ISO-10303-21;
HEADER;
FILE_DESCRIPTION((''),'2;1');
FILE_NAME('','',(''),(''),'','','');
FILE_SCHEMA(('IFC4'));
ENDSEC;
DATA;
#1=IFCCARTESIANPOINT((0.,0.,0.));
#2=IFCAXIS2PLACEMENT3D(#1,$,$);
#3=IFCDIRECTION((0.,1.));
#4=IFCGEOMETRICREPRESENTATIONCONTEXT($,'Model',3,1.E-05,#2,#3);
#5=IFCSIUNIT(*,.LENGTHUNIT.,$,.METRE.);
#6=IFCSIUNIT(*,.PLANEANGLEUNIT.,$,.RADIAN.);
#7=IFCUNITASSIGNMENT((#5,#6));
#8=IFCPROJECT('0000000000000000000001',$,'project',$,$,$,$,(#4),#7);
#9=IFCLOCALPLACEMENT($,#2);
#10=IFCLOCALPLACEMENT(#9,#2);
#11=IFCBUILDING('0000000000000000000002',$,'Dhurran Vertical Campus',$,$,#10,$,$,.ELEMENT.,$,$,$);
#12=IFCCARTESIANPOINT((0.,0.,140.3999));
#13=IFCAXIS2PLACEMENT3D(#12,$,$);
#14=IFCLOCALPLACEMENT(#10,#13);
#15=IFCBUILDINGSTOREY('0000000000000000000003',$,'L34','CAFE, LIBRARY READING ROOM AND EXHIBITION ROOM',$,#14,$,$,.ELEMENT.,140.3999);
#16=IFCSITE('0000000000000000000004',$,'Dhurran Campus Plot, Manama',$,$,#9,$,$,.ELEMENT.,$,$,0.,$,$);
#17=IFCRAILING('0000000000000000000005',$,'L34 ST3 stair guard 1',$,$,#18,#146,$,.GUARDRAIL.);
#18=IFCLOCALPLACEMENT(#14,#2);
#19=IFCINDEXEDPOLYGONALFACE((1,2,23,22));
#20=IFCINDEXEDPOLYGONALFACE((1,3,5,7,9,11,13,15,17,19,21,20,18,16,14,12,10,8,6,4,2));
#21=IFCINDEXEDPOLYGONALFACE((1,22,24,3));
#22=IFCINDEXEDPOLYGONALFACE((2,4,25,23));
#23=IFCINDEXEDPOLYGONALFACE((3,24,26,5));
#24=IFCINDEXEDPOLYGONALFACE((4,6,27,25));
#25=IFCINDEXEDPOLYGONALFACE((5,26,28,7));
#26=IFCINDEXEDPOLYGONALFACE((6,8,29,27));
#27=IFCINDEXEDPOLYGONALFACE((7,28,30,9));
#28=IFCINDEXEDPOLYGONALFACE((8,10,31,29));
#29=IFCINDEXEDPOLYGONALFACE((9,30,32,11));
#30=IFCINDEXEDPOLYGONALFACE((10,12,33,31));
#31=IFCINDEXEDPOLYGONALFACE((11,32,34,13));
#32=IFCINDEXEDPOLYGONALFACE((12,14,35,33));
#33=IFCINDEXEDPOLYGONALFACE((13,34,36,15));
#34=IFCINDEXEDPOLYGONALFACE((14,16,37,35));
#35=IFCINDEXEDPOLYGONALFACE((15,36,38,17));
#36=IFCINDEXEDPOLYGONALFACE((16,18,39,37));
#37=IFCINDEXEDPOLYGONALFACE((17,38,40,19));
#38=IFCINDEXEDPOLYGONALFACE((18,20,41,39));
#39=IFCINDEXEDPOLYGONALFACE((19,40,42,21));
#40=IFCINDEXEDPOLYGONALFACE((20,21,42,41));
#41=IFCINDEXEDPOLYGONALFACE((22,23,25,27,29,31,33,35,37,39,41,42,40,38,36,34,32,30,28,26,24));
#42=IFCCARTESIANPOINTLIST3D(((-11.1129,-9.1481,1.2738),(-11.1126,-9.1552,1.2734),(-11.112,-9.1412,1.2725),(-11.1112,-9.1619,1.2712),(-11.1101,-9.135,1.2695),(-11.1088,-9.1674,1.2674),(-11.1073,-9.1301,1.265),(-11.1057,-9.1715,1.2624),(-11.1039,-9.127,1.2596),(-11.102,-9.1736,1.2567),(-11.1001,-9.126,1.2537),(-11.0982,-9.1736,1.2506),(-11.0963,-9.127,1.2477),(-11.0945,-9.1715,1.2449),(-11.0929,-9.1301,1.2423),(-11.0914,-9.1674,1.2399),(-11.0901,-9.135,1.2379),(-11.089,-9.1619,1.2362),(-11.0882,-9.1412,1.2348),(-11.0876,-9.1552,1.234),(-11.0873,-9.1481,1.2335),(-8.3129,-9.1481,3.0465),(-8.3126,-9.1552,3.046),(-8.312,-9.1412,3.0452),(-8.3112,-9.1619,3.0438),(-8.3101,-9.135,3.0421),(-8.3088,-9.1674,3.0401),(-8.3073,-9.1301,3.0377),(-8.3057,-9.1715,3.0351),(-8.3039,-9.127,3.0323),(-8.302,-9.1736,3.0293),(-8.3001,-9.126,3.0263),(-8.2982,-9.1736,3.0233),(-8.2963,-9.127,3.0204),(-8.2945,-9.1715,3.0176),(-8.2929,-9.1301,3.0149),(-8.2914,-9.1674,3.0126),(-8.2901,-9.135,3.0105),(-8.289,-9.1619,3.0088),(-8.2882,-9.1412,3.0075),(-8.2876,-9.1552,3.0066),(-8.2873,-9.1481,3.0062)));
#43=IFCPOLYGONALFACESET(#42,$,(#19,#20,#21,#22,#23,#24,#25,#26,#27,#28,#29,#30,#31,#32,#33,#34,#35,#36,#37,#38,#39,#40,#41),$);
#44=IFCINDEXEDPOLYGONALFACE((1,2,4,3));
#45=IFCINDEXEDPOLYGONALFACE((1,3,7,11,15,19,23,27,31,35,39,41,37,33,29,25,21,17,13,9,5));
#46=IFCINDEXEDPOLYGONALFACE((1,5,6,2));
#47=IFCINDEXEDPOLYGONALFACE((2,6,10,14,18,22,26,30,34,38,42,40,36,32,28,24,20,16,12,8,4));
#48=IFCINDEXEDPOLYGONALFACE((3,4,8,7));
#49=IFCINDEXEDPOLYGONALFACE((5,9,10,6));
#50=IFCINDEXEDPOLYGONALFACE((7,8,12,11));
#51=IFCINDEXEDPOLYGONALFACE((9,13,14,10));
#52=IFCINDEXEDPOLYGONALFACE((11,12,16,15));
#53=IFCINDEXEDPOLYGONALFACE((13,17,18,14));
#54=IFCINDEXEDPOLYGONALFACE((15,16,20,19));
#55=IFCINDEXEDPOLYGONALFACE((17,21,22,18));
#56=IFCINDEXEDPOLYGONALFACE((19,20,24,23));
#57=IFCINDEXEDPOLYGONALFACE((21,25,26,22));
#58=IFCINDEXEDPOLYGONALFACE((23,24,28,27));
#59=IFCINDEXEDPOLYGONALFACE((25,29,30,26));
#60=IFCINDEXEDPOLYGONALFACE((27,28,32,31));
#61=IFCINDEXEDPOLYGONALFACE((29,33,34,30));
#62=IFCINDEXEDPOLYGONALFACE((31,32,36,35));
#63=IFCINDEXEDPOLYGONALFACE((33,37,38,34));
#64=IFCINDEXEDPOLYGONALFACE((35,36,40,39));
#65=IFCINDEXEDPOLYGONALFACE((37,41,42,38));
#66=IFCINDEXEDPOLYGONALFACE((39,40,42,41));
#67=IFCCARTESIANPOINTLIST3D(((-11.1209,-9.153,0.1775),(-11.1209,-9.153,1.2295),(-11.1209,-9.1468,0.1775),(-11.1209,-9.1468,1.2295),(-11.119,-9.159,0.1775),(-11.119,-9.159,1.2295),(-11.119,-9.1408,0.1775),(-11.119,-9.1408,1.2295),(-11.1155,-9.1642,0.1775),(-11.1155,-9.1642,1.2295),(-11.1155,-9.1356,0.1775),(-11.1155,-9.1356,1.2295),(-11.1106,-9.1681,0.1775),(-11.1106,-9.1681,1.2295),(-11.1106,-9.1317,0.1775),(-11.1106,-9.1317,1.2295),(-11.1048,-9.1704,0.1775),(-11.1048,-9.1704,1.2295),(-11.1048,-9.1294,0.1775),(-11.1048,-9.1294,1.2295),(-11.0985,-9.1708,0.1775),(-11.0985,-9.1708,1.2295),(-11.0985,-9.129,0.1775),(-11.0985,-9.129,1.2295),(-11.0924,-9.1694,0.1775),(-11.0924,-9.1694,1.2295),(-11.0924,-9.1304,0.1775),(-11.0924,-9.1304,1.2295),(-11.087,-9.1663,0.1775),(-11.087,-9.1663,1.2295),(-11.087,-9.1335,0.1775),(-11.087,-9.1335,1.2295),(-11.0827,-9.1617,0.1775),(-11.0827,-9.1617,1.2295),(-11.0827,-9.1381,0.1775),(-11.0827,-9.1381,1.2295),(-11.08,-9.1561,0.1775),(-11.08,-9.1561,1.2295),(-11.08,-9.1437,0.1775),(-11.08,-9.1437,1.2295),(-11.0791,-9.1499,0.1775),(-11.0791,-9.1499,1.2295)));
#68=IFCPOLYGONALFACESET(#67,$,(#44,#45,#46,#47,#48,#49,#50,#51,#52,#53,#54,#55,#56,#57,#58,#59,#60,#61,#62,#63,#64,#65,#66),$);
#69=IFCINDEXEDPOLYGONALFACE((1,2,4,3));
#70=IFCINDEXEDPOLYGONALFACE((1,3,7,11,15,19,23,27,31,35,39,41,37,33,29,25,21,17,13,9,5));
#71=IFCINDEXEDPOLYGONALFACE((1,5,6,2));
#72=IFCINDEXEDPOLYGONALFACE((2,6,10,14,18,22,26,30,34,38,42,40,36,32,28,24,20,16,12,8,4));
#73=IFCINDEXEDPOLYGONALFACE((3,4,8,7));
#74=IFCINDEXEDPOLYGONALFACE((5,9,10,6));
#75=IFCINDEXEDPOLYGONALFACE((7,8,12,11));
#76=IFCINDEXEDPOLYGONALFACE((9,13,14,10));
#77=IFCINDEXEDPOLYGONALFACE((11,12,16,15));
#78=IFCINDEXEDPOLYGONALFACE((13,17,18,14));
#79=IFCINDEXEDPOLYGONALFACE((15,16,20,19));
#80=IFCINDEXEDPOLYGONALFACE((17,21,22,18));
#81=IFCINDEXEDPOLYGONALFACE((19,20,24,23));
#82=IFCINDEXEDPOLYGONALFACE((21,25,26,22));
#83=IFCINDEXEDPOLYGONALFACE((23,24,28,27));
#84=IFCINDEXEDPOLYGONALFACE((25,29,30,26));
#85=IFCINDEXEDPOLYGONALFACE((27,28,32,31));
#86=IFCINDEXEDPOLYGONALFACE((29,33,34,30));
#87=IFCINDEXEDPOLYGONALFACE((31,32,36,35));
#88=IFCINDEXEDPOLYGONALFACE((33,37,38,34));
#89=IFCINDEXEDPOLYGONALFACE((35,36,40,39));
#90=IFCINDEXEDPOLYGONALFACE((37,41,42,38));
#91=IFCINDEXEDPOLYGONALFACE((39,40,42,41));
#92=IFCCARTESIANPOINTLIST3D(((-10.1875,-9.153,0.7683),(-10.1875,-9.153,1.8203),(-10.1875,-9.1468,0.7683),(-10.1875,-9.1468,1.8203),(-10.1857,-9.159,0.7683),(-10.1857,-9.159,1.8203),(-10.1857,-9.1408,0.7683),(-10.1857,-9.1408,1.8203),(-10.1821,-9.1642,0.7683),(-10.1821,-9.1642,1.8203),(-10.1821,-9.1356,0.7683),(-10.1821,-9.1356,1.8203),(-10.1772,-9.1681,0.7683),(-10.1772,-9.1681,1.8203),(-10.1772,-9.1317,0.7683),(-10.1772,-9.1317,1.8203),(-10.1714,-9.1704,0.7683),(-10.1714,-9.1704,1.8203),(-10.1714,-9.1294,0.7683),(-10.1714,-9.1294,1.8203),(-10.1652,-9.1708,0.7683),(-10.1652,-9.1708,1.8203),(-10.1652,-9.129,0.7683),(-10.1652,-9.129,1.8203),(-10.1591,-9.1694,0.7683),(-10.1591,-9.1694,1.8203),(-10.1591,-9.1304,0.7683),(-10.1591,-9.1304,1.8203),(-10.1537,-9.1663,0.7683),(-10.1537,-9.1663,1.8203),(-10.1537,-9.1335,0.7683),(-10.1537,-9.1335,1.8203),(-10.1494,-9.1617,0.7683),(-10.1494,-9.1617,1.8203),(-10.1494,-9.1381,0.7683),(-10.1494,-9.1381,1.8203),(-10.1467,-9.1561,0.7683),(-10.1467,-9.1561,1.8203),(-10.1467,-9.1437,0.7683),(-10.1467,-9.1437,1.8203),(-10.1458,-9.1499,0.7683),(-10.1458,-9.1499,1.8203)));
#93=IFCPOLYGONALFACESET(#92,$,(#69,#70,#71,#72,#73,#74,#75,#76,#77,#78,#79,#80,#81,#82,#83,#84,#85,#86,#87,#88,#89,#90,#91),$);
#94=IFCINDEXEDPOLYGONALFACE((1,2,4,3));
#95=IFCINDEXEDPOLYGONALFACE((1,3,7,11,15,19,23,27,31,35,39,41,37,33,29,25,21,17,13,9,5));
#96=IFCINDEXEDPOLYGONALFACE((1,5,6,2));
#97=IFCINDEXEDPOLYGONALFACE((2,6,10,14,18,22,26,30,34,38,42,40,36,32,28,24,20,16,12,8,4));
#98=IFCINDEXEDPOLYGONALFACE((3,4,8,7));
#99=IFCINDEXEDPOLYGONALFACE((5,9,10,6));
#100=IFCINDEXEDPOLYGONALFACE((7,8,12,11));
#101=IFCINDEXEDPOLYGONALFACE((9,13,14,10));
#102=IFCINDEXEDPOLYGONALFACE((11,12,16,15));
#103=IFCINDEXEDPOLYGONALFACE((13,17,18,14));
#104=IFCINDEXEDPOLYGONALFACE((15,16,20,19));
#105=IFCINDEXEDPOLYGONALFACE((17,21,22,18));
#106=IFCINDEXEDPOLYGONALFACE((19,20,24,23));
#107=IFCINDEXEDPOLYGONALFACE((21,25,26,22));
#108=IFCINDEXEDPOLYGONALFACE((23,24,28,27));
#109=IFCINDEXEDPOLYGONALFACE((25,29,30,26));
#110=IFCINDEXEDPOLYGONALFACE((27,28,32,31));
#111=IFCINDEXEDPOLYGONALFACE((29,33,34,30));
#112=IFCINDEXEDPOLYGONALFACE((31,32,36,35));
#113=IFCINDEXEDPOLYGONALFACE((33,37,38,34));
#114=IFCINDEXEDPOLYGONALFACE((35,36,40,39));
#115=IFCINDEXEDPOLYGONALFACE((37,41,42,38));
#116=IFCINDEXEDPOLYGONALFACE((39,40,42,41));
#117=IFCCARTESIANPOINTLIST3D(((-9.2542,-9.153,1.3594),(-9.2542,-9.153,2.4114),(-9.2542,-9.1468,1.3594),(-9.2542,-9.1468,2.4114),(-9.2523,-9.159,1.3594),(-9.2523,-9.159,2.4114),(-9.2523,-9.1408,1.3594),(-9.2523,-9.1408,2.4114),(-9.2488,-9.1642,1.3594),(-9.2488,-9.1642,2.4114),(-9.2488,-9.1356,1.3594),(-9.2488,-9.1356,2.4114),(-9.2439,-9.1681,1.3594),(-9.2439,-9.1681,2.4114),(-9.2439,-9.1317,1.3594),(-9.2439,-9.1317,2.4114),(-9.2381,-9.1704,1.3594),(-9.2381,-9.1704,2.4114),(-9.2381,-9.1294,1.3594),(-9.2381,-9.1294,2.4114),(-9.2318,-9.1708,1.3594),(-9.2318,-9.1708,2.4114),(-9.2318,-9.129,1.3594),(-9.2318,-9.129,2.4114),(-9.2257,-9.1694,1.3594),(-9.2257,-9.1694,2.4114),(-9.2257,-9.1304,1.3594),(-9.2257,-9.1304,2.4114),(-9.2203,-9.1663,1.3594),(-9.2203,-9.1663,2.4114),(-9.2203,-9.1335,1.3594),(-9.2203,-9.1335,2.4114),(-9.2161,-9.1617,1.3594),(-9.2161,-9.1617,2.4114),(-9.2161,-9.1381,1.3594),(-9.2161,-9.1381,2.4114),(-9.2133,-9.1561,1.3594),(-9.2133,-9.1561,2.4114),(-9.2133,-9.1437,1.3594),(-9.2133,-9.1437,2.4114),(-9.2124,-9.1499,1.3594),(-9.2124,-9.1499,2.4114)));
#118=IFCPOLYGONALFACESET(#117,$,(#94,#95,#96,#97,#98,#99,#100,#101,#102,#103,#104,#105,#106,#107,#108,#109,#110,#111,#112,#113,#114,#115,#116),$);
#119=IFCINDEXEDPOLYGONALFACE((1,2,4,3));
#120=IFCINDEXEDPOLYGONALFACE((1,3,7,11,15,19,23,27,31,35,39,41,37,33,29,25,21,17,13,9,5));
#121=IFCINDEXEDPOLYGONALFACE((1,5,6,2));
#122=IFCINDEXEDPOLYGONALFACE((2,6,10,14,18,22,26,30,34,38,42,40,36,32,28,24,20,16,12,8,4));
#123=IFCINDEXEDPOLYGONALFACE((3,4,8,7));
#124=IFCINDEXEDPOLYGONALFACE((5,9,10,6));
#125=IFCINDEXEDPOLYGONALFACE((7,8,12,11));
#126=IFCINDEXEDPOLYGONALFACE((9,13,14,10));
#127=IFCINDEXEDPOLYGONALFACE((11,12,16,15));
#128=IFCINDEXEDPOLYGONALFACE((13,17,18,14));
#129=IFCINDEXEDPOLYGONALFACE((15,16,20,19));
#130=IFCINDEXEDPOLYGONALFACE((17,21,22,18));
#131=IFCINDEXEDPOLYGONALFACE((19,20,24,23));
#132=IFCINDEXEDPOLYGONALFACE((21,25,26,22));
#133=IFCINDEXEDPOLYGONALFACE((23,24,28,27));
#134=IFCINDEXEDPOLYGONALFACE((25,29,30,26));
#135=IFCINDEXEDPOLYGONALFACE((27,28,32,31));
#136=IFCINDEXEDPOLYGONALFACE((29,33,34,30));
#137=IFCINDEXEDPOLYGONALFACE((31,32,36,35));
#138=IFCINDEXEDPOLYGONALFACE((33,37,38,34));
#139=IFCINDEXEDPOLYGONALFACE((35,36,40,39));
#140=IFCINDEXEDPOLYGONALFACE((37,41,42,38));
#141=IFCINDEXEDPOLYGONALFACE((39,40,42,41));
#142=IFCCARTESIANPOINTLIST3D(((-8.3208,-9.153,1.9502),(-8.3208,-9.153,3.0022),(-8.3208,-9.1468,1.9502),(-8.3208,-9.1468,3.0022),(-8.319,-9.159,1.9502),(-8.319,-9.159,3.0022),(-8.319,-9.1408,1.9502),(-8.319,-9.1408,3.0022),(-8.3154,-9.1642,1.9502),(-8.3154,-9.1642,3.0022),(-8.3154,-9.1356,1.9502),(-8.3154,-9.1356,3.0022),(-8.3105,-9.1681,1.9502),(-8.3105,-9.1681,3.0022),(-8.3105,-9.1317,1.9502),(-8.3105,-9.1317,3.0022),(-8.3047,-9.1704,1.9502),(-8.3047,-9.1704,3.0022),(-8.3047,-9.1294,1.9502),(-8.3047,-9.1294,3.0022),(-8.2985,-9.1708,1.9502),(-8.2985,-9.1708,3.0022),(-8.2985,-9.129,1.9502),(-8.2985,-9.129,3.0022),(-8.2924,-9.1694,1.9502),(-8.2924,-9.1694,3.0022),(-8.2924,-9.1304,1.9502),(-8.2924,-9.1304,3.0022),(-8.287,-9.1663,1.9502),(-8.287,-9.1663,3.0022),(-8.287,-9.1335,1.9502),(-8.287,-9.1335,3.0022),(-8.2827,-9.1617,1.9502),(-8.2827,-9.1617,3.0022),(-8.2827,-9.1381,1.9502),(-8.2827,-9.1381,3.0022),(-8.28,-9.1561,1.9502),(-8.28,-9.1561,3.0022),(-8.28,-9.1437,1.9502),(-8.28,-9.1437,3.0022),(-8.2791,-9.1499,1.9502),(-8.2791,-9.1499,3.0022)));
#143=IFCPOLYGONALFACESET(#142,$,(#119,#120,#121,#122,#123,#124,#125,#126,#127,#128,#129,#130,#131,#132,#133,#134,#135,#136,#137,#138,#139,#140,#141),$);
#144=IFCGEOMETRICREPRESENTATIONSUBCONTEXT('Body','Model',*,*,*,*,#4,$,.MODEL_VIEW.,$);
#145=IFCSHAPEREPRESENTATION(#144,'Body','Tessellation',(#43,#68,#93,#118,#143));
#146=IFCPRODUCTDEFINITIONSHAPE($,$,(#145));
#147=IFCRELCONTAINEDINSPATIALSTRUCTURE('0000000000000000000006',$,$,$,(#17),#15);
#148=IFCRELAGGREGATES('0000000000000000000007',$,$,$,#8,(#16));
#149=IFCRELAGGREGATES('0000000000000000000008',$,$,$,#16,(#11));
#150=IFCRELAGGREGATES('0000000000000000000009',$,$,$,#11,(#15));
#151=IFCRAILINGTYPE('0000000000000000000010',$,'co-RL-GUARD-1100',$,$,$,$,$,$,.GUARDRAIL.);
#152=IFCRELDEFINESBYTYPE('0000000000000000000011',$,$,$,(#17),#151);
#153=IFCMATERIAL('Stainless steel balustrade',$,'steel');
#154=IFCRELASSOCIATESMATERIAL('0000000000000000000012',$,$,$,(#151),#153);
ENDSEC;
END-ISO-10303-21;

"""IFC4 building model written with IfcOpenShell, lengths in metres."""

from ifc_helpers import new_model, si_unit, direction, frame, origin, origin_2d, place, context, subcontext, project, spatial, circle, extrude, material, type_object, element, save


model = new_model("IFC4")

# Units and contexts
model_context = context("Model", 3, precision=1e-05, world=origin(), true_north=direction((0.0, 1.0)))
body_context = subcontext(model_context, "Body", "Model", "MODEL_VIEW")
ifc_project = project(units=[si_unit("LENGTHUNIT", "METRE"), si_unit("PLANEANGLEUNIT", "RADIAN")], contexts=[model_context])

# Site, building, storey
site_placement = place(None, origin())
site = spatial("IfcSite", under=ifc_project, at=site_placement, Name="Dhurran Campus Plot, Manama", CompositionType="ELEMENT", RefElevation=0.0)
building_placement = place(site_placement, origin())
building = spatial("IfcBuilding", under=site, at=building_placement, Name="Dhurran Vertical Campus", CompositionType="ELEMENT")
storey_placement = place(building_placement, frame((0.0, 0.0, 140.3999)))
storey = spatial("IfcBuildingStorey", under=building, at=storey_placement, Name="L34", Description="CAFE, LIBRARY READING ROOM AND EXHIBITION ROOM", CompositionType="ELEMENT", Elevation=140.3999)

# Railing
ifc_material_1 = material(Name="Stainless steel balustrade", Category="steel")
railing_type_1 = type_object("IfcRailingType", Name="co-RL-GUARD-1100", PredefinedType="GUARDRAIL", material=ifc_material_1)
railing_1_placement = place(storey_placement, frame((-11.1001, -9.1499, 0.1775)))
element("IfcRailing", 1, at=railing_1_placement, inside=storey, type_object=railing_type_1, Name="L34 ST3 stair guard 1", PredefinedType="GUARDRAIL", context=body_context, shape_type="SweptSolid", body=[
    extrude(circle(Radius=0.0239, at=origin_2d()), frame((0.0, 0.0, 1.0762), z_axis=(0.844909, 0.0, 0.53491), x_axis=(0.0, 1.0, 0.0)), (0.0, 0.0, 1.0), 3.314),
    extrude(circle(Radius=0.021, at=origin_2d()), origin(), (0.0, 0.0, 1.0), 1.052),
    extrude(circle(Radius=0.021, at=origin_2d()), frame((0.9333, 0.0, 0.5908)), (0.0, 0.0, 1.0), 1.052),
    extrude(circle(Radius=0.021, at=origin_2d()), frame((1.8667, 0.0, 1.1819)), (0.0, 0.0, 1.0), 1.052),
    extrude(circle(Radius=0.021, at=origin_2d()), frame((2.8, 0.0, 1.7727)), (0.0, 0.0, 1.0), 1.052),
])

save(model, "model.ifc")
